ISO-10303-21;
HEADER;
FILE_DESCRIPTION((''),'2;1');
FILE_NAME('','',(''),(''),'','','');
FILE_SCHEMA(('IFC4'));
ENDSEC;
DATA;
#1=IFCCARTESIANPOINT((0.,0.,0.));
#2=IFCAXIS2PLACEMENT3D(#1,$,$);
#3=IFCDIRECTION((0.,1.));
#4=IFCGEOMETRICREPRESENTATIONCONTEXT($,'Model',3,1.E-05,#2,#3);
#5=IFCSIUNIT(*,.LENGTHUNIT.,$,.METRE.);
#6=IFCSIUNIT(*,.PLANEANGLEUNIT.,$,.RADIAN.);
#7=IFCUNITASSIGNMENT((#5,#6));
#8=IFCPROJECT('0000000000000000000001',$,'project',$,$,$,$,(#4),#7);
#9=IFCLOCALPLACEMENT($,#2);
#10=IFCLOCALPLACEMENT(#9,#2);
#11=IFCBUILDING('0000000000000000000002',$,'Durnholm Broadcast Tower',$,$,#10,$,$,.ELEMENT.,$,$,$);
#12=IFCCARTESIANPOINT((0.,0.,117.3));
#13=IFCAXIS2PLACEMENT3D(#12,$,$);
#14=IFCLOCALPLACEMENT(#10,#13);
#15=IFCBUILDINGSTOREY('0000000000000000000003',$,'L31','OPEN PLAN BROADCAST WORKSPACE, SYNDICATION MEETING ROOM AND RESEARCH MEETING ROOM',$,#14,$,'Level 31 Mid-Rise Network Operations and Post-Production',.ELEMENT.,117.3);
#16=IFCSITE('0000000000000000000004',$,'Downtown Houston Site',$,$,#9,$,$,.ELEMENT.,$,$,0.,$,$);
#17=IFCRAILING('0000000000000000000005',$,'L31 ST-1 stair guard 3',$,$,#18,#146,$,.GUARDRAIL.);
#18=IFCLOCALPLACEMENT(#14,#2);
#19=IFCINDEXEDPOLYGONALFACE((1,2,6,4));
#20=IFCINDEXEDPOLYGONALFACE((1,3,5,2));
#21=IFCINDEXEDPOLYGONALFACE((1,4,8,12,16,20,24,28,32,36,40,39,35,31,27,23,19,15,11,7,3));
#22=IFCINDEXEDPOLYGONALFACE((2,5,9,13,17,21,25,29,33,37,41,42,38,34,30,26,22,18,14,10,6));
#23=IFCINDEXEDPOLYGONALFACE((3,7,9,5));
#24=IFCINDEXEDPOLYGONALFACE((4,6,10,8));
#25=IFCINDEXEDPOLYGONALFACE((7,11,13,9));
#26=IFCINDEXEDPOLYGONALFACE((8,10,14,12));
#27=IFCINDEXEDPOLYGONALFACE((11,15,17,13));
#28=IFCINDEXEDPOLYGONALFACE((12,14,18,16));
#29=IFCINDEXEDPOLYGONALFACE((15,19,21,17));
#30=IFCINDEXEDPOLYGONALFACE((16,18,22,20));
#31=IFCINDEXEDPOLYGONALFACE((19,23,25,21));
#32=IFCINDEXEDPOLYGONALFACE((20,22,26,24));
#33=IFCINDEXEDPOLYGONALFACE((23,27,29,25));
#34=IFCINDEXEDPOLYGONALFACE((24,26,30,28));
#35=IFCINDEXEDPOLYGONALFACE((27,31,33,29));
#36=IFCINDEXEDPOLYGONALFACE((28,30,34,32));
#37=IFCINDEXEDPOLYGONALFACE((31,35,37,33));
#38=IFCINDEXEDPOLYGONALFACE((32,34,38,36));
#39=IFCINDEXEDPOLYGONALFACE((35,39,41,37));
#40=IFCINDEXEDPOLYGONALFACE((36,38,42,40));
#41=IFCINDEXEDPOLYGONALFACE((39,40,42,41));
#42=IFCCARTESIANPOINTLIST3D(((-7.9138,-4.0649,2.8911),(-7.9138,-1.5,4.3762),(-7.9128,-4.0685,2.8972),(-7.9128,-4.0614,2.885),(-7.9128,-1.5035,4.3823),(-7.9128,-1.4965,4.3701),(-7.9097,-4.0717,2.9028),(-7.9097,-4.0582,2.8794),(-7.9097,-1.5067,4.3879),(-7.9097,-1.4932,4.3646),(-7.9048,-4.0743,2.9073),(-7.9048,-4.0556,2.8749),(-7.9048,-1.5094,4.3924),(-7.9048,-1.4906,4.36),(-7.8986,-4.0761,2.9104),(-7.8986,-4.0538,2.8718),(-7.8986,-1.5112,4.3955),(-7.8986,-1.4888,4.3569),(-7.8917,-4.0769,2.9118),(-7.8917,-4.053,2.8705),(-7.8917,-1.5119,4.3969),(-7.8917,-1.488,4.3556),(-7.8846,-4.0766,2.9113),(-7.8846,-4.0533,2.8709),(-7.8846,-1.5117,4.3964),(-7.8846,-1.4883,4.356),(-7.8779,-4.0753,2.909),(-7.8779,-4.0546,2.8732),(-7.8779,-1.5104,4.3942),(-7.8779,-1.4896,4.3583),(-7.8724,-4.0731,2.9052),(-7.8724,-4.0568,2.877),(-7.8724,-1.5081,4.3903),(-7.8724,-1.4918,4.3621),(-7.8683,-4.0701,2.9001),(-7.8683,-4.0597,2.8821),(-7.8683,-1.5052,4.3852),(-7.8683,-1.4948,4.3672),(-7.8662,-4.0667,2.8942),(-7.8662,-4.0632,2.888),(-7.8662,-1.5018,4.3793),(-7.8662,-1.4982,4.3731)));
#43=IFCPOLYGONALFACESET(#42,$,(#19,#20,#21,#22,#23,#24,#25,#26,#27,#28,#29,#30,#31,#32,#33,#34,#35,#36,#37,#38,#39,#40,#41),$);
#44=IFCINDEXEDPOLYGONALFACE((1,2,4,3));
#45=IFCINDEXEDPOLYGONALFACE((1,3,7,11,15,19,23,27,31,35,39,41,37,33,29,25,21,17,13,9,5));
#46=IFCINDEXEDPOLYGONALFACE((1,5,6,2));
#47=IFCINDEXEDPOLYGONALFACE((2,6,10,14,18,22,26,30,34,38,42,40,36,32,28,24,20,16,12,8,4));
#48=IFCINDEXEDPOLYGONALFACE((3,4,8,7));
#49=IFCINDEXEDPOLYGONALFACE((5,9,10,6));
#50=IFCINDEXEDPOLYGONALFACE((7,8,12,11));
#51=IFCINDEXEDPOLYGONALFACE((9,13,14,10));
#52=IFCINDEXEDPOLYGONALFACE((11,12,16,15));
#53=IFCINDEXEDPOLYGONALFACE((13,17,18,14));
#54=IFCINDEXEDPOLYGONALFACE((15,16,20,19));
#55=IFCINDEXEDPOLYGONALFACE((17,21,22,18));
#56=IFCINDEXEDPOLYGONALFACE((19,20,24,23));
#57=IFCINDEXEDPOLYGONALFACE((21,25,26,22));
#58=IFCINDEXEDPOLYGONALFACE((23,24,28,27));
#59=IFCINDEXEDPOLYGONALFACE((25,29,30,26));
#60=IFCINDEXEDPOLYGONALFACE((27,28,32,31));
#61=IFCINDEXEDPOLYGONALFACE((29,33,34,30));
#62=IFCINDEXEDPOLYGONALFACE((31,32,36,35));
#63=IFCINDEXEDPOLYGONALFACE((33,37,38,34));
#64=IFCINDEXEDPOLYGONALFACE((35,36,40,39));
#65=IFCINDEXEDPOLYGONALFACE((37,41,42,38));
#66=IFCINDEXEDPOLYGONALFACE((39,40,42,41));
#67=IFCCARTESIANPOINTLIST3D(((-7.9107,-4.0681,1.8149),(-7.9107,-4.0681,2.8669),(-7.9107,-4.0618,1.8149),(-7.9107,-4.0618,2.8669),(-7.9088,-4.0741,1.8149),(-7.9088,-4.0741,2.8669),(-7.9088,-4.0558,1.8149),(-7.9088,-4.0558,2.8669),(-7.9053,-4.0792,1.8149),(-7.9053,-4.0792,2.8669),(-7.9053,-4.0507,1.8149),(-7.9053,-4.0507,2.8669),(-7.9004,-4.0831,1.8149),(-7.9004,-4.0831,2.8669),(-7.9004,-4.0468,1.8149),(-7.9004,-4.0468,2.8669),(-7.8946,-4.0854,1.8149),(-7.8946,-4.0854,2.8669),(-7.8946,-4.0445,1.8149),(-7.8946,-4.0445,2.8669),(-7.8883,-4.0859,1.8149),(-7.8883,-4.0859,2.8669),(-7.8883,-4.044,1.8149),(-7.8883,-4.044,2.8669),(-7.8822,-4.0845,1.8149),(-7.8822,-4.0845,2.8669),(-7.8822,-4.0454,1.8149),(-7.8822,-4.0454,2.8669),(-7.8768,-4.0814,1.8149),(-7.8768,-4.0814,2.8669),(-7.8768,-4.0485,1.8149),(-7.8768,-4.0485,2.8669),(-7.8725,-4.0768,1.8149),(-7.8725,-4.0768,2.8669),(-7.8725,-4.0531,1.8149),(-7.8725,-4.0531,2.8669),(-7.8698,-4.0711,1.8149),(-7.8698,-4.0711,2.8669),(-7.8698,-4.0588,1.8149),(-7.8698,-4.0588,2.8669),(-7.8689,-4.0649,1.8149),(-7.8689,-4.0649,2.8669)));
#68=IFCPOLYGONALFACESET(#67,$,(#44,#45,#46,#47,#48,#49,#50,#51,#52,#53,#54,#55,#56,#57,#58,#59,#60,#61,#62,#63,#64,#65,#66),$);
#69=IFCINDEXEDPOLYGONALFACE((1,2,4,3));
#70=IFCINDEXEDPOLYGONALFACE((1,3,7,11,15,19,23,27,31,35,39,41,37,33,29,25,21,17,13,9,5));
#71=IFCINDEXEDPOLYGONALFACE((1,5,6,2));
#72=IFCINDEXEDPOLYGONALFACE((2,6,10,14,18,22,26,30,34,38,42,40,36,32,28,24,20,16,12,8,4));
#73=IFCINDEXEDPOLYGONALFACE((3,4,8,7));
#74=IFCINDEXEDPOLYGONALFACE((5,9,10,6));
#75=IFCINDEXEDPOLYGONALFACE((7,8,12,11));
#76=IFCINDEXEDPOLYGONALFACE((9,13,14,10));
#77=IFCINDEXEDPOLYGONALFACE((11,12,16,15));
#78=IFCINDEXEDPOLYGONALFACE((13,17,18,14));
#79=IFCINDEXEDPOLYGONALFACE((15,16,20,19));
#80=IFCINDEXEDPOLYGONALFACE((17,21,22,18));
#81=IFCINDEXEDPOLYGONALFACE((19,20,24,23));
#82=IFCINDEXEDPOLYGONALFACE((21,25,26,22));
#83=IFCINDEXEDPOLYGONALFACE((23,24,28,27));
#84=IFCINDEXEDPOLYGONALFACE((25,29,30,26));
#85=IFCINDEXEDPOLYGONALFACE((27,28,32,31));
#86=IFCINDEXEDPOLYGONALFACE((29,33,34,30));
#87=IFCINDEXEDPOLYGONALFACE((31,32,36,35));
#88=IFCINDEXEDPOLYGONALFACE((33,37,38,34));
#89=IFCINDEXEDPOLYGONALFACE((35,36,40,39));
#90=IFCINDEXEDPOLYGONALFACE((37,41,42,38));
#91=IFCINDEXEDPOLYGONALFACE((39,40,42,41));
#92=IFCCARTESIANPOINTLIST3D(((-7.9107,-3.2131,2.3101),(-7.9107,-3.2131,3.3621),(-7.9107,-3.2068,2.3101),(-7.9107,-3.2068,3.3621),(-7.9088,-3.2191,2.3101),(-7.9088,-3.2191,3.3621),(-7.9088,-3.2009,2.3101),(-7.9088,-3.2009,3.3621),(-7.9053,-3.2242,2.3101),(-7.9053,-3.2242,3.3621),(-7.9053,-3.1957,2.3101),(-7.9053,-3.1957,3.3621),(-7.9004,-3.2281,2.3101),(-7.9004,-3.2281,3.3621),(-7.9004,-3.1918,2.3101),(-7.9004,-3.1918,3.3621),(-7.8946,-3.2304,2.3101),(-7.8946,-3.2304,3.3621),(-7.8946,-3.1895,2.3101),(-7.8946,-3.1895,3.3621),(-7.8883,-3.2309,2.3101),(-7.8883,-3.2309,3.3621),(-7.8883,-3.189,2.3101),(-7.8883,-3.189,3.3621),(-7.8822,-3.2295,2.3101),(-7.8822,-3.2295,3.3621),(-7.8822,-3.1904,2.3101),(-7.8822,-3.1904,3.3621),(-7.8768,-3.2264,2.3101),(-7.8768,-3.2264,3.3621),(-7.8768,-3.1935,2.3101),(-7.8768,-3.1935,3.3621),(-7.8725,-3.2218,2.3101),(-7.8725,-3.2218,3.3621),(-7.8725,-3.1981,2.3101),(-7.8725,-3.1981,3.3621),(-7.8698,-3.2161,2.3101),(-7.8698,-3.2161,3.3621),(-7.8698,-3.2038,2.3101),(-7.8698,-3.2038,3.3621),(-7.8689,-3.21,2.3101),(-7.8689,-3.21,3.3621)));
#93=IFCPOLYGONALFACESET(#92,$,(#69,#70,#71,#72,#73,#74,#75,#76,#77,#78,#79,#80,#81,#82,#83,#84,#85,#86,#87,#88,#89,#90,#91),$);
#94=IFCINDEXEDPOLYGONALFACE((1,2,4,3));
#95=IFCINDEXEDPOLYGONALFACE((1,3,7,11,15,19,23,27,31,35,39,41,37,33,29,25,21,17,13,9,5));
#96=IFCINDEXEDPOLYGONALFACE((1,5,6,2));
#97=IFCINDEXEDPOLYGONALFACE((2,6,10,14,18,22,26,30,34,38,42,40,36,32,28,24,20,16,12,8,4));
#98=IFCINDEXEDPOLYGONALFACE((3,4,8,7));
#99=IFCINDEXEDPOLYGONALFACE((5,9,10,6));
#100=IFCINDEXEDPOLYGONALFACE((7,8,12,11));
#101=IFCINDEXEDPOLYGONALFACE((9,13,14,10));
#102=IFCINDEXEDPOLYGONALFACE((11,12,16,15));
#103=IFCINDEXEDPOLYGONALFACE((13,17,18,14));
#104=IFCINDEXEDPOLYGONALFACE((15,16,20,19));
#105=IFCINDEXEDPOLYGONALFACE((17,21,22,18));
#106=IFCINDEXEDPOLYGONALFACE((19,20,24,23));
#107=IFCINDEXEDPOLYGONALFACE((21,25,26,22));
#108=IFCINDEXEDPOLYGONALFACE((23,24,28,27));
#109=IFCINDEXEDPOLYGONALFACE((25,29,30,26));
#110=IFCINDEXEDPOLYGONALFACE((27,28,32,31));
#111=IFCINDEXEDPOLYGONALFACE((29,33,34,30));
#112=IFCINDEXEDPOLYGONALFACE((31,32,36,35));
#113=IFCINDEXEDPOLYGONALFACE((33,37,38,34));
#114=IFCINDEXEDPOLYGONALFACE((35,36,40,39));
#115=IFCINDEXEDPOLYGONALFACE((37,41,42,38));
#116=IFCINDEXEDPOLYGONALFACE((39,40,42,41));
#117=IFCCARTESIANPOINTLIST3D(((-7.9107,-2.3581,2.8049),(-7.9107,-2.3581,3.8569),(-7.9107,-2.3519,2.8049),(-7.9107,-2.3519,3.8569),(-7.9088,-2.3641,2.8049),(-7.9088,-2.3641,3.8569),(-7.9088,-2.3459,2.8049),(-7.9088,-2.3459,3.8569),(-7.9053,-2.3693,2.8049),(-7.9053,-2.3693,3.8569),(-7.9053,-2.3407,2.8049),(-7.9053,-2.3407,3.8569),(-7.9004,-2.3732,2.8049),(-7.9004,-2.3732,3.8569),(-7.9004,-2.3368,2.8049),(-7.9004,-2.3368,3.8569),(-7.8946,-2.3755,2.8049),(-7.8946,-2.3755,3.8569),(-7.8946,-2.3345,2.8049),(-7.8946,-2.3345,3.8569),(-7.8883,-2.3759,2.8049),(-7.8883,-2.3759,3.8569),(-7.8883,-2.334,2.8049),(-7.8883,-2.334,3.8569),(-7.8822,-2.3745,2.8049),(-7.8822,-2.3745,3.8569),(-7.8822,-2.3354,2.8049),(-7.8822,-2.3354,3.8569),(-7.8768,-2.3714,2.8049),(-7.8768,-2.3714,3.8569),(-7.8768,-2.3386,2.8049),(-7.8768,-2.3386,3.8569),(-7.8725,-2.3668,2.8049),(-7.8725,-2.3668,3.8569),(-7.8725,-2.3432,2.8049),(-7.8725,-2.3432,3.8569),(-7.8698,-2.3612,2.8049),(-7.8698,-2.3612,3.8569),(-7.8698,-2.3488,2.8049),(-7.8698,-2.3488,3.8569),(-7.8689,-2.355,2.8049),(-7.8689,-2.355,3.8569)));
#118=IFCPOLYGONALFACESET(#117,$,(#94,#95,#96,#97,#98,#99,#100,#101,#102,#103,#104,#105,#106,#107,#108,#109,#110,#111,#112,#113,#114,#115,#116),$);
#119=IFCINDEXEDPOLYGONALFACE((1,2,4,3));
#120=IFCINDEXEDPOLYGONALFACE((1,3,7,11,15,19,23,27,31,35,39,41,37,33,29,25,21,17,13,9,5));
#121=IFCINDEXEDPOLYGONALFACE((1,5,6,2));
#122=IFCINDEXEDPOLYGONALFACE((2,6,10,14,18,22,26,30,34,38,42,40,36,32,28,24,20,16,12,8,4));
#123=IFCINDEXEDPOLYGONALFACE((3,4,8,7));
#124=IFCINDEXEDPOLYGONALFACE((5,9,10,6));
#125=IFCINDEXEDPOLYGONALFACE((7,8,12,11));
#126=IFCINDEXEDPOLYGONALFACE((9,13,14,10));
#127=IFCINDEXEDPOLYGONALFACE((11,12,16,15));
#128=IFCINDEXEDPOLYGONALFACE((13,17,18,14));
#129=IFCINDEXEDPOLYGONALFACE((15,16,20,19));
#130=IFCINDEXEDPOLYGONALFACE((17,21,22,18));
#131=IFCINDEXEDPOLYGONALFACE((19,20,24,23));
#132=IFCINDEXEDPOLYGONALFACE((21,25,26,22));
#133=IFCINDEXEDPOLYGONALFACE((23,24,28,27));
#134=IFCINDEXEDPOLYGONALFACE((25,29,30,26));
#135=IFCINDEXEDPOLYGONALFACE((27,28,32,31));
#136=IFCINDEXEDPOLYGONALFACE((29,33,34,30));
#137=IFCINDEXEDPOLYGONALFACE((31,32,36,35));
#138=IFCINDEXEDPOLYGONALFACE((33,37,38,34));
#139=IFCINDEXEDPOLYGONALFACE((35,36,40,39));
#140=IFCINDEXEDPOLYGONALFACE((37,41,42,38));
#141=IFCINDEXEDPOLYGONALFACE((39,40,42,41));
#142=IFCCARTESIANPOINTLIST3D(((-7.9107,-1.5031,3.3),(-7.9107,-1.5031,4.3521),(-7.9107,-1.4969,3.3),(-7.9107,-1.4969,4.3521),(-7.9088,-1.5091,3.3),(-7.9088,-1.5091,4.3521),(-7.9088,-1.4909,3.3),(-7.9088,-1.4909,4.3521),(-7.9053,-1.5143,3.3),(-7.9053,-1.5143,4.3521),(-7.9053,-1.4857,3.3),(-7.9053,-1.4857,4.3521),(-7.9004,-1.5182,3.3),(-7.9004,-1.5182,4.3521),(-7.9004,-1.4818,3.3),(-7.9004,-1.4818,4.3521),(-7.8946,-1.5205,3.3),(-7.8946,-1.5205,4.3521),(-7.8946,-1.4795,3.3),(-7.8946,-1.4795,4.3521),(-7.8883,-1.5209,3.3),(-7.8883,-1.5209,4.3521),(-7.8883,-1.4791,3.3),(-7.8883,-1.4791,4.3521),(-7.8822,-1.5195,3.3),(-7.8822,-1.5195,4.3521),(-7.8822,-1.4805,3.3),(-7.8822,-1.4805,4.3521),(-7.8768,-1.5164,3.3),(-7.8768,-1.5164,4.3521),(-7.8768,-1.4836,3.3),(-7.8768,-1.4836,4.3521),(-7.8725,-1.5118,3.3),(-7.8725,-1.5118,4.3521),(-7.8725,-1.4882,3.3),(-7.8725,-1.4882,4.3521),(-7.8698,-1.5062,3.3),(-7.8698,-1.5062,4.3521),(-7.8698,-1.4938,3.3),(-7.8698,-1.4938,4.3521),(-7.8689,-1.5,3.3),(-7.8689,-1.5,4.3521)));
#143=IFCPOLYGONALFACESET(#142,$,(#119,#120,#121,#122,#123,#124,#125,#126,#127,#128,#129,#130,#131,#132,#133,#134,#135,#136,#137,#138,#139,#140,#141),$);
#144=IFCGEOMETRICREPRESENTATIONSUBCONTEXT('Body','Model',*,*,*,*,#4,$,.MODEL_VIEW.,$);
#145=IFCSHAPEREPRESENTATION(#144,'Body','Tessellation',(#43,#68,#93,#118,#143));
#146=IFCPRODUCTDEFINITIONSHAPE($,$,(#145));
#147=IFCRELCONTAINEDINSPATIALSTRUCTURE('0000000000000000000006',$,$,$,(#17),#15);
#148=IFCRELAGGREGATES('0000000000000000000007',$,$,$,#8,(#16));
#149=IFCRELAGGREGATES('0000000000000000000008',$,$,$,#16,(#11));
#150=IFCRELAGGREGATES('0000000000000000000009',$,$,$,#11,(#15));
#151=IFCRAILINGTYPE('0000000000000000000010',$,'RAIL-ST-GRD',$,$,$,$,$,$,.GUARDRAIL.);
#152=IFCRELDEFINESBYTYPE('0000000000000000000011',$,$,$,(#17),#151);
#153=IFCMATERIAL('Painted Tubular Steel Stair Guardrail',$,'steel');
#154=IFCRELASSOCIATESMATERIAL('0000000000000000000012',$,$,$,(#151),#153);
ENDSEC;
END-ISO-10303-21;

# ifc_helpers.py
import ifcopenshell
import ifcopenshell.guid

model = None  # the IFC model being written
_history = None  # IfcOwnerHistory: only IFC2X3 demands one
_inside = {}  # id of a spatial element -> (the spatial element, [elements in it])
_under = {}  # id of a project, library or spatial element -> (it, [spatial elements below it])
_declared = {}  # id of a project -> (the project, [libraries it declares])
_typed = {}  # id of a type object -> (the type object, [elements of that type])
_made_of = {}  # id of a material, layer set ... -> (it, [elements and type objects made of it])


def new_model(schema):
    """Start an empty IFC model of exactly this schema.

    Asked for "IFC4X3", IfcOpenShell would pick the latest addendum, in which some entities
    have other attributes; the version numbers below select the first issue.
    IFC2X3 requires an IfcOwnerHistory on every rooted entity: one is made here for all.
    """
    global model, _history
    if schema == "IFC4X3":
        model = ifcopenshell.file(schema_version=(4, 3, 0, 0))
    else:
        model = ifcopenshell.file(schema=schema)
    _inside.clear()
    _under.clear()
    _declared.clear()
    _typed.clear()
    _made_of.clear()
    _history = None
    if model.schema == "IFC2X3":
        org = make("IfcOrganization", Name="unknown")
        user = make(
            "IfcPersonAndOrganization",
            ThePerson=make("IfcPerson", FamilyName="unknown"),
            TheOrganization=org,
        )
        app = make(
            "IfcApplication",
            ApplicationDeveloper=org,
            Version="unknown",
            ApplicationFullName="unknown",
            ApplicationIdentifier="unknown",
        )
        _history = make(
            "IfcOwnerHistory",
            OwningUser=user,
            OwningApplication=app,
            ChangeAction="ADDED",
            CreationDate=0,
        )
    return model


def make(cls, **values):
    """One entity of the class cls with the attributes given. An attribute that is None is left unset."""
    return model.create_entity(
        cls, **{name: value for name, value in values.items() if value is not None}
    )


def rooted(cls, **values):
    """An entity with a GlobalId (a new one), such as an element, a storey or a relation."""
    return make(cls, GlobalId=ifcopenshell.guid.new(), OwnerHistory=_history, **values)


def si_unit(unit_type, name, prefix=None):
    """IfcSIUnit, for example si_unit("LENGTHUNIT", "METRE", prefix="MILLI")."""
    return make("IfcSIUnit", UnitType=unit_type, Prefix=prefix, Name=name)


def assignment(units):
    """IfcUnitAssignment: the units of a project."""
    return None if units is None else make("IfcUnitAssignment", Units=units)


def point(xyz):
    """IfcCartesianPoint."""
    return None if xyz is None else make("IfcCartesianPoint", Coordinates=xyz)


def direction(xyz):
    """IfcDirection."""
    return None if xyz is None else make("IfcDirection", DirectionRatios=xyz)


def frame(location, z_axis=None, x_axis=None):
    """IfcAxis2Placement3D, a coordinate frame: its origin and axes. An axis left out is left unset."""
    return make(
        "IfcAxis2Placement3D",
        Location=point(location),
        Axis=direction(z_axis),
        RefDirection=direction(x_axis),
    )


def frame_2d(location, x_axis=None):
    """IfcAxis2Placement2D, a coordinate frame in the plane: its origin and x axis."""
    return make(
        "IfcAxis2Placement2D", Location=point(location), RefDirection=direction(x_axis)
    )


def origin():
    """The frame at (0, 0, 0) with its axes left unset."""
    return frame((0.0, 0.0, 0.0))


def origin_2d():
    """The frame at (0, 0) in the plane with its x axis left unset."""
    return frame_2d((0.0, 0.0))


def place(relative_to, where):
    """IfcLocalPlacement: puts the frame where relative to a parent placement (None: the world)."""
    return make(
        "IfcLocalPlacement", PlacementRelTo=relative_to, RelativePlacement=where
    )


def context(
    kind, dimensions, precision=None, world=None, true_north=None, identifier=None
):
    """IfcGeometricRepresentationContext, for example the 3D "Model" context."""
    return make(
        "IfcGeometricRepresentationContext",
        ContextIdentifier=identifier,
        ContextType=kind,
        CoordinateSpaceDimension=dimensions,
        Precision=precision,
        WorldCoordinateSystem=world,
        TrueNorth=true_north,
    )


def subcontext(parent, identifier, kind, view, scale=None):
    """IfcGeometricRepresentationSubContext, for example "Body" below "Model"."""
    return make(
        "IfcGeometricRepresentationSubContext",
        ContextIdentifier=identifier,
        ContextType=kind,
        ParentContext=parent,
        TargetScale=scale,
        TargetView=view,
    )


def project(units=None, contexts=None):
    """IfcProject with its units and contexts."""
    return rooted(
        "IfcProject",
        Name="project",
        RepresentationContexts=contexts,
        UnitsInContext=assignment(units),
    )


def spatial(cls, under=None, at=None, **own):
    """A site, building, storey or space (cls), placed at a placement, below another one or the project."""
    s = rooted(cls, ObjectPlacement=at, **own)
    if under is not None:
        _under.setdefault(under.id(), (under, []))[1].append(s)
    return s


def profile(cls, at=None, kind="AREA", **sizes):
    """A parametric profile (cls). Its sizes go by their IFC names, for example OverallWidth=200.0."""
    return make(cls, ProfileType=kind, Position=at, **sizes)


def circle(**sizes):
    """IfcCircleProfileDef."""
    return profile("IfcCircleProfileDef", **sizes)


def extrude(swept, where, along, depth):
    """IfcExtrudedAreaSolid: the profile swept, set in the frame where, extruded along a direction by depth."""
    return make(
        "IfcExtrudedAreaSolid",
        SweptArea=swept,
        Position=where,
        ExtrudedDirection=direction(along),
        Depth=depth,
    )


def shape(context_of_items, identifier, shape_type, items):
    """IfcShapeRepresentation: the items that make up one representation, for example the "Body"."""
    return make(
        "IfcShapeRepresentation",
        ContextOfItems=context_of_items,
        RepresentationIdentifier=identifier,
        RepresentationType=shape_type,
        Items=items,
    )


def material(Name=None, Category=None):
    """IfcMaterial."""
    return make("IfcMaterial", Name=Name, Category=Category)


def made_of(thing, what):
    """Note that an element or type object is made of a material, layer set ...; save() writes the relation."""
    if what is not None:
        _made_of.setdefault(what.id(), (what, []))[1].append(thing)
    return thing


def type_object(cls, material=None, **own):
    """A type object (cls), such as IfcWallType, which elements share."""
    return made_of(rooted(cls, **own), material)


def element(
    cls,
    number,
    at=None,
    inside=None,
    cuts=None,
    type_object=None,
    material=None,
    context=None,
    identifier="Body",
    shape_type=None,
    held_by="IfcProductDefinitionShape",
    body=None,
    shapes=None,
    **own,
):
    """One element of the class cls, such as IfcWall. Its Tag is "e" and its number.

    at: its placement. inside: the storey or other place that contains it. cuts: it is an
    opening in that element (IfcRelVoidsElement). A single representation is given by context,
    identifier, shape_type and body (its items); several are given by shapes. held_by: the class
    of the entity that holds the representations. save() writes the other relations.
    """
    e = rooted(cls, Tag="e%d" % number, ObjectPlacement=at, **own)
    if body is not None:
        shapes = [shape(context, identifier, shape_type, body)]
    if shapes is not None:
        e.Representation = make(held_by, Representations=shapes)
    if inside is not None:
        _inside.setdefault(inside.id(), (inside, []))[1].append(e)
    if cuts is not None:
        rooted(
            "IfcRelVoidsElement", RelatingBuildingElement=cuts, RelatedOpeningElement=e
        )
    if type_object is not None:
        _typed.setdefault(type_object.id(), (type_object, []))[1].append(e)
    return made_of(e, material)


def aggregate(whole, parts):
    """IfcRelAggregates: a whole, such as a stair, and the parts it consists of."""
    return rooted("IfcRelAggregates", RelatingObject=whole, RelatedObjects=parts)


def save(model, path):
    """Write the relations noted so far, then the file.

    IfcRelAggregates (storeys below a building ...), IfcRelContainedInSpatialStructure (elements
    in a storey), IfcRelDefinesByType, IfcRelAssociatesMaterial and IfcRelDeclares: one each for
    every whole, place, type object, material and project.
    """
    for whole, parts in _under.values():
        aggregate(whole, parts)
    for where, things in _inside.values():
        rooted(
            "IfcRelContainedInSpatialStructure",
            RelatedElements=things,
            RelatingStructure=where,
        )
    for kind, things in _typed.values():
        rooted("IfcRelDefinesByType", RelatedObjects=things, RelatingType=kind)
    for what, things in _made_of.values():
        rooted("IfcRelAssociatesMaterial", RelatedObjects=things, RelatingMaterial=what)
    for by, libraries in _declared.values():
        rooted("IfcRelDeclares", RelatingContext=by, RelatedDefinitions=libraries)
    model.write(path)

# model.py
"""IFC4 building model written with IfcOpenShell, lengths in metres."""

from ifc_helpers import new_model, si_unit, direction, frame, origin, origin_2d, place, context, subcontext, project, spatial, circle, extrude, material, type_object, element, save


model = new_model("IFC4")

# Units and contexts
model_context = context("Model", 3, precision=1e-05, world=origin(), true_north=direction((0.0, 1.0)))
body_context = subcontext(model_context, "Body", "Model", "MODEL_VIEW")
ifc_project = project(units=[si_unit("LENGTHUNIT", "METRE"), si_unit("PLANEANGLEUNIT", "RADIAN")], contexts=[model_context])

# Site, building, storey
site_placement = place(None, origin())
site = spatial("IfcSite", under=ifc_project, at=site_placement, Name="Downtown Houston Site", CompositionType="ELEMENT", RefElevation=0.0)
building_placement = place(site_placement, origin())
building = spatial("IfcBuilding", under=site, at=building_placement, Name="Durnholm Broadcast Tower", CompositionType="ELEMENT")
storey_placement = place(building_placement, frame((0.0, 0.0, 117.3)))
storey = spatial("IfcBuildingStorey", under=building, at=storey_placement, Name="L31", Description="OPEN PLAN BROADCAST WORKSPACE, SYNDICATION MEETING ROOM AND RESEARCH MEETING ROOM", LongName="Level 31 Mid-Rise Network Operations and Post-Production", CompositionType="ELEMENT", Elevation=117.3)

# Railing
ifc_material_1 = material(Name="Painted Tubular Steel Stair Guardrail", Category="steel")
railing_type_1 = type_object("IfcRailingType", Name="RAIL-ST-GRD", PredefinedType="GUARDRAIL", material=ifc_material_1)
railing_1_placement = place(storey_placement, frame((-7.8899, -4.0649, 1.8149)))
element("IfcRailing", 1, at=railing_1_placement, inside=storey, type_object=railing_type_1, Name="L31 ST-1 stair guard 3", PredefinedType="GUARDRAIL", context=body_context, shape_type="SweptSolid", body=[
    extrude(circle(Radius=0.0239, at=origin_2d()), frame((0.0, 0.0, 1.0762), z_axis=(0.0, 0.865406, 0.501072), x_axis=(-1.0, 0.0, 0.0)), (0.0, 0.0, 1.0), 2.9639),
    extrude(circle(Radius=0.021, at=origin_2d()), origin(), (0.0, 0.0, 1.0), 1.052),
    extrude(circle(Radius=0.021, at=origin_2d()), frame((0.0, 0.855, 0.4951)), (0.0, 0.0, 1.0), 1.052),
    extrude(circle(Radius=0.021, at=origin_2d()), frame((0.0, 1.71, 0.99)), (0.0, 0.0, 1.0), 1.052),
    extrude(circle(Radius=0.021, at=origin_2d()), frame((0.0, 2.5649, 1.4851)), (0.0, 0.0, 1.0), 1.052),
])

save(model, "model.ifc")
